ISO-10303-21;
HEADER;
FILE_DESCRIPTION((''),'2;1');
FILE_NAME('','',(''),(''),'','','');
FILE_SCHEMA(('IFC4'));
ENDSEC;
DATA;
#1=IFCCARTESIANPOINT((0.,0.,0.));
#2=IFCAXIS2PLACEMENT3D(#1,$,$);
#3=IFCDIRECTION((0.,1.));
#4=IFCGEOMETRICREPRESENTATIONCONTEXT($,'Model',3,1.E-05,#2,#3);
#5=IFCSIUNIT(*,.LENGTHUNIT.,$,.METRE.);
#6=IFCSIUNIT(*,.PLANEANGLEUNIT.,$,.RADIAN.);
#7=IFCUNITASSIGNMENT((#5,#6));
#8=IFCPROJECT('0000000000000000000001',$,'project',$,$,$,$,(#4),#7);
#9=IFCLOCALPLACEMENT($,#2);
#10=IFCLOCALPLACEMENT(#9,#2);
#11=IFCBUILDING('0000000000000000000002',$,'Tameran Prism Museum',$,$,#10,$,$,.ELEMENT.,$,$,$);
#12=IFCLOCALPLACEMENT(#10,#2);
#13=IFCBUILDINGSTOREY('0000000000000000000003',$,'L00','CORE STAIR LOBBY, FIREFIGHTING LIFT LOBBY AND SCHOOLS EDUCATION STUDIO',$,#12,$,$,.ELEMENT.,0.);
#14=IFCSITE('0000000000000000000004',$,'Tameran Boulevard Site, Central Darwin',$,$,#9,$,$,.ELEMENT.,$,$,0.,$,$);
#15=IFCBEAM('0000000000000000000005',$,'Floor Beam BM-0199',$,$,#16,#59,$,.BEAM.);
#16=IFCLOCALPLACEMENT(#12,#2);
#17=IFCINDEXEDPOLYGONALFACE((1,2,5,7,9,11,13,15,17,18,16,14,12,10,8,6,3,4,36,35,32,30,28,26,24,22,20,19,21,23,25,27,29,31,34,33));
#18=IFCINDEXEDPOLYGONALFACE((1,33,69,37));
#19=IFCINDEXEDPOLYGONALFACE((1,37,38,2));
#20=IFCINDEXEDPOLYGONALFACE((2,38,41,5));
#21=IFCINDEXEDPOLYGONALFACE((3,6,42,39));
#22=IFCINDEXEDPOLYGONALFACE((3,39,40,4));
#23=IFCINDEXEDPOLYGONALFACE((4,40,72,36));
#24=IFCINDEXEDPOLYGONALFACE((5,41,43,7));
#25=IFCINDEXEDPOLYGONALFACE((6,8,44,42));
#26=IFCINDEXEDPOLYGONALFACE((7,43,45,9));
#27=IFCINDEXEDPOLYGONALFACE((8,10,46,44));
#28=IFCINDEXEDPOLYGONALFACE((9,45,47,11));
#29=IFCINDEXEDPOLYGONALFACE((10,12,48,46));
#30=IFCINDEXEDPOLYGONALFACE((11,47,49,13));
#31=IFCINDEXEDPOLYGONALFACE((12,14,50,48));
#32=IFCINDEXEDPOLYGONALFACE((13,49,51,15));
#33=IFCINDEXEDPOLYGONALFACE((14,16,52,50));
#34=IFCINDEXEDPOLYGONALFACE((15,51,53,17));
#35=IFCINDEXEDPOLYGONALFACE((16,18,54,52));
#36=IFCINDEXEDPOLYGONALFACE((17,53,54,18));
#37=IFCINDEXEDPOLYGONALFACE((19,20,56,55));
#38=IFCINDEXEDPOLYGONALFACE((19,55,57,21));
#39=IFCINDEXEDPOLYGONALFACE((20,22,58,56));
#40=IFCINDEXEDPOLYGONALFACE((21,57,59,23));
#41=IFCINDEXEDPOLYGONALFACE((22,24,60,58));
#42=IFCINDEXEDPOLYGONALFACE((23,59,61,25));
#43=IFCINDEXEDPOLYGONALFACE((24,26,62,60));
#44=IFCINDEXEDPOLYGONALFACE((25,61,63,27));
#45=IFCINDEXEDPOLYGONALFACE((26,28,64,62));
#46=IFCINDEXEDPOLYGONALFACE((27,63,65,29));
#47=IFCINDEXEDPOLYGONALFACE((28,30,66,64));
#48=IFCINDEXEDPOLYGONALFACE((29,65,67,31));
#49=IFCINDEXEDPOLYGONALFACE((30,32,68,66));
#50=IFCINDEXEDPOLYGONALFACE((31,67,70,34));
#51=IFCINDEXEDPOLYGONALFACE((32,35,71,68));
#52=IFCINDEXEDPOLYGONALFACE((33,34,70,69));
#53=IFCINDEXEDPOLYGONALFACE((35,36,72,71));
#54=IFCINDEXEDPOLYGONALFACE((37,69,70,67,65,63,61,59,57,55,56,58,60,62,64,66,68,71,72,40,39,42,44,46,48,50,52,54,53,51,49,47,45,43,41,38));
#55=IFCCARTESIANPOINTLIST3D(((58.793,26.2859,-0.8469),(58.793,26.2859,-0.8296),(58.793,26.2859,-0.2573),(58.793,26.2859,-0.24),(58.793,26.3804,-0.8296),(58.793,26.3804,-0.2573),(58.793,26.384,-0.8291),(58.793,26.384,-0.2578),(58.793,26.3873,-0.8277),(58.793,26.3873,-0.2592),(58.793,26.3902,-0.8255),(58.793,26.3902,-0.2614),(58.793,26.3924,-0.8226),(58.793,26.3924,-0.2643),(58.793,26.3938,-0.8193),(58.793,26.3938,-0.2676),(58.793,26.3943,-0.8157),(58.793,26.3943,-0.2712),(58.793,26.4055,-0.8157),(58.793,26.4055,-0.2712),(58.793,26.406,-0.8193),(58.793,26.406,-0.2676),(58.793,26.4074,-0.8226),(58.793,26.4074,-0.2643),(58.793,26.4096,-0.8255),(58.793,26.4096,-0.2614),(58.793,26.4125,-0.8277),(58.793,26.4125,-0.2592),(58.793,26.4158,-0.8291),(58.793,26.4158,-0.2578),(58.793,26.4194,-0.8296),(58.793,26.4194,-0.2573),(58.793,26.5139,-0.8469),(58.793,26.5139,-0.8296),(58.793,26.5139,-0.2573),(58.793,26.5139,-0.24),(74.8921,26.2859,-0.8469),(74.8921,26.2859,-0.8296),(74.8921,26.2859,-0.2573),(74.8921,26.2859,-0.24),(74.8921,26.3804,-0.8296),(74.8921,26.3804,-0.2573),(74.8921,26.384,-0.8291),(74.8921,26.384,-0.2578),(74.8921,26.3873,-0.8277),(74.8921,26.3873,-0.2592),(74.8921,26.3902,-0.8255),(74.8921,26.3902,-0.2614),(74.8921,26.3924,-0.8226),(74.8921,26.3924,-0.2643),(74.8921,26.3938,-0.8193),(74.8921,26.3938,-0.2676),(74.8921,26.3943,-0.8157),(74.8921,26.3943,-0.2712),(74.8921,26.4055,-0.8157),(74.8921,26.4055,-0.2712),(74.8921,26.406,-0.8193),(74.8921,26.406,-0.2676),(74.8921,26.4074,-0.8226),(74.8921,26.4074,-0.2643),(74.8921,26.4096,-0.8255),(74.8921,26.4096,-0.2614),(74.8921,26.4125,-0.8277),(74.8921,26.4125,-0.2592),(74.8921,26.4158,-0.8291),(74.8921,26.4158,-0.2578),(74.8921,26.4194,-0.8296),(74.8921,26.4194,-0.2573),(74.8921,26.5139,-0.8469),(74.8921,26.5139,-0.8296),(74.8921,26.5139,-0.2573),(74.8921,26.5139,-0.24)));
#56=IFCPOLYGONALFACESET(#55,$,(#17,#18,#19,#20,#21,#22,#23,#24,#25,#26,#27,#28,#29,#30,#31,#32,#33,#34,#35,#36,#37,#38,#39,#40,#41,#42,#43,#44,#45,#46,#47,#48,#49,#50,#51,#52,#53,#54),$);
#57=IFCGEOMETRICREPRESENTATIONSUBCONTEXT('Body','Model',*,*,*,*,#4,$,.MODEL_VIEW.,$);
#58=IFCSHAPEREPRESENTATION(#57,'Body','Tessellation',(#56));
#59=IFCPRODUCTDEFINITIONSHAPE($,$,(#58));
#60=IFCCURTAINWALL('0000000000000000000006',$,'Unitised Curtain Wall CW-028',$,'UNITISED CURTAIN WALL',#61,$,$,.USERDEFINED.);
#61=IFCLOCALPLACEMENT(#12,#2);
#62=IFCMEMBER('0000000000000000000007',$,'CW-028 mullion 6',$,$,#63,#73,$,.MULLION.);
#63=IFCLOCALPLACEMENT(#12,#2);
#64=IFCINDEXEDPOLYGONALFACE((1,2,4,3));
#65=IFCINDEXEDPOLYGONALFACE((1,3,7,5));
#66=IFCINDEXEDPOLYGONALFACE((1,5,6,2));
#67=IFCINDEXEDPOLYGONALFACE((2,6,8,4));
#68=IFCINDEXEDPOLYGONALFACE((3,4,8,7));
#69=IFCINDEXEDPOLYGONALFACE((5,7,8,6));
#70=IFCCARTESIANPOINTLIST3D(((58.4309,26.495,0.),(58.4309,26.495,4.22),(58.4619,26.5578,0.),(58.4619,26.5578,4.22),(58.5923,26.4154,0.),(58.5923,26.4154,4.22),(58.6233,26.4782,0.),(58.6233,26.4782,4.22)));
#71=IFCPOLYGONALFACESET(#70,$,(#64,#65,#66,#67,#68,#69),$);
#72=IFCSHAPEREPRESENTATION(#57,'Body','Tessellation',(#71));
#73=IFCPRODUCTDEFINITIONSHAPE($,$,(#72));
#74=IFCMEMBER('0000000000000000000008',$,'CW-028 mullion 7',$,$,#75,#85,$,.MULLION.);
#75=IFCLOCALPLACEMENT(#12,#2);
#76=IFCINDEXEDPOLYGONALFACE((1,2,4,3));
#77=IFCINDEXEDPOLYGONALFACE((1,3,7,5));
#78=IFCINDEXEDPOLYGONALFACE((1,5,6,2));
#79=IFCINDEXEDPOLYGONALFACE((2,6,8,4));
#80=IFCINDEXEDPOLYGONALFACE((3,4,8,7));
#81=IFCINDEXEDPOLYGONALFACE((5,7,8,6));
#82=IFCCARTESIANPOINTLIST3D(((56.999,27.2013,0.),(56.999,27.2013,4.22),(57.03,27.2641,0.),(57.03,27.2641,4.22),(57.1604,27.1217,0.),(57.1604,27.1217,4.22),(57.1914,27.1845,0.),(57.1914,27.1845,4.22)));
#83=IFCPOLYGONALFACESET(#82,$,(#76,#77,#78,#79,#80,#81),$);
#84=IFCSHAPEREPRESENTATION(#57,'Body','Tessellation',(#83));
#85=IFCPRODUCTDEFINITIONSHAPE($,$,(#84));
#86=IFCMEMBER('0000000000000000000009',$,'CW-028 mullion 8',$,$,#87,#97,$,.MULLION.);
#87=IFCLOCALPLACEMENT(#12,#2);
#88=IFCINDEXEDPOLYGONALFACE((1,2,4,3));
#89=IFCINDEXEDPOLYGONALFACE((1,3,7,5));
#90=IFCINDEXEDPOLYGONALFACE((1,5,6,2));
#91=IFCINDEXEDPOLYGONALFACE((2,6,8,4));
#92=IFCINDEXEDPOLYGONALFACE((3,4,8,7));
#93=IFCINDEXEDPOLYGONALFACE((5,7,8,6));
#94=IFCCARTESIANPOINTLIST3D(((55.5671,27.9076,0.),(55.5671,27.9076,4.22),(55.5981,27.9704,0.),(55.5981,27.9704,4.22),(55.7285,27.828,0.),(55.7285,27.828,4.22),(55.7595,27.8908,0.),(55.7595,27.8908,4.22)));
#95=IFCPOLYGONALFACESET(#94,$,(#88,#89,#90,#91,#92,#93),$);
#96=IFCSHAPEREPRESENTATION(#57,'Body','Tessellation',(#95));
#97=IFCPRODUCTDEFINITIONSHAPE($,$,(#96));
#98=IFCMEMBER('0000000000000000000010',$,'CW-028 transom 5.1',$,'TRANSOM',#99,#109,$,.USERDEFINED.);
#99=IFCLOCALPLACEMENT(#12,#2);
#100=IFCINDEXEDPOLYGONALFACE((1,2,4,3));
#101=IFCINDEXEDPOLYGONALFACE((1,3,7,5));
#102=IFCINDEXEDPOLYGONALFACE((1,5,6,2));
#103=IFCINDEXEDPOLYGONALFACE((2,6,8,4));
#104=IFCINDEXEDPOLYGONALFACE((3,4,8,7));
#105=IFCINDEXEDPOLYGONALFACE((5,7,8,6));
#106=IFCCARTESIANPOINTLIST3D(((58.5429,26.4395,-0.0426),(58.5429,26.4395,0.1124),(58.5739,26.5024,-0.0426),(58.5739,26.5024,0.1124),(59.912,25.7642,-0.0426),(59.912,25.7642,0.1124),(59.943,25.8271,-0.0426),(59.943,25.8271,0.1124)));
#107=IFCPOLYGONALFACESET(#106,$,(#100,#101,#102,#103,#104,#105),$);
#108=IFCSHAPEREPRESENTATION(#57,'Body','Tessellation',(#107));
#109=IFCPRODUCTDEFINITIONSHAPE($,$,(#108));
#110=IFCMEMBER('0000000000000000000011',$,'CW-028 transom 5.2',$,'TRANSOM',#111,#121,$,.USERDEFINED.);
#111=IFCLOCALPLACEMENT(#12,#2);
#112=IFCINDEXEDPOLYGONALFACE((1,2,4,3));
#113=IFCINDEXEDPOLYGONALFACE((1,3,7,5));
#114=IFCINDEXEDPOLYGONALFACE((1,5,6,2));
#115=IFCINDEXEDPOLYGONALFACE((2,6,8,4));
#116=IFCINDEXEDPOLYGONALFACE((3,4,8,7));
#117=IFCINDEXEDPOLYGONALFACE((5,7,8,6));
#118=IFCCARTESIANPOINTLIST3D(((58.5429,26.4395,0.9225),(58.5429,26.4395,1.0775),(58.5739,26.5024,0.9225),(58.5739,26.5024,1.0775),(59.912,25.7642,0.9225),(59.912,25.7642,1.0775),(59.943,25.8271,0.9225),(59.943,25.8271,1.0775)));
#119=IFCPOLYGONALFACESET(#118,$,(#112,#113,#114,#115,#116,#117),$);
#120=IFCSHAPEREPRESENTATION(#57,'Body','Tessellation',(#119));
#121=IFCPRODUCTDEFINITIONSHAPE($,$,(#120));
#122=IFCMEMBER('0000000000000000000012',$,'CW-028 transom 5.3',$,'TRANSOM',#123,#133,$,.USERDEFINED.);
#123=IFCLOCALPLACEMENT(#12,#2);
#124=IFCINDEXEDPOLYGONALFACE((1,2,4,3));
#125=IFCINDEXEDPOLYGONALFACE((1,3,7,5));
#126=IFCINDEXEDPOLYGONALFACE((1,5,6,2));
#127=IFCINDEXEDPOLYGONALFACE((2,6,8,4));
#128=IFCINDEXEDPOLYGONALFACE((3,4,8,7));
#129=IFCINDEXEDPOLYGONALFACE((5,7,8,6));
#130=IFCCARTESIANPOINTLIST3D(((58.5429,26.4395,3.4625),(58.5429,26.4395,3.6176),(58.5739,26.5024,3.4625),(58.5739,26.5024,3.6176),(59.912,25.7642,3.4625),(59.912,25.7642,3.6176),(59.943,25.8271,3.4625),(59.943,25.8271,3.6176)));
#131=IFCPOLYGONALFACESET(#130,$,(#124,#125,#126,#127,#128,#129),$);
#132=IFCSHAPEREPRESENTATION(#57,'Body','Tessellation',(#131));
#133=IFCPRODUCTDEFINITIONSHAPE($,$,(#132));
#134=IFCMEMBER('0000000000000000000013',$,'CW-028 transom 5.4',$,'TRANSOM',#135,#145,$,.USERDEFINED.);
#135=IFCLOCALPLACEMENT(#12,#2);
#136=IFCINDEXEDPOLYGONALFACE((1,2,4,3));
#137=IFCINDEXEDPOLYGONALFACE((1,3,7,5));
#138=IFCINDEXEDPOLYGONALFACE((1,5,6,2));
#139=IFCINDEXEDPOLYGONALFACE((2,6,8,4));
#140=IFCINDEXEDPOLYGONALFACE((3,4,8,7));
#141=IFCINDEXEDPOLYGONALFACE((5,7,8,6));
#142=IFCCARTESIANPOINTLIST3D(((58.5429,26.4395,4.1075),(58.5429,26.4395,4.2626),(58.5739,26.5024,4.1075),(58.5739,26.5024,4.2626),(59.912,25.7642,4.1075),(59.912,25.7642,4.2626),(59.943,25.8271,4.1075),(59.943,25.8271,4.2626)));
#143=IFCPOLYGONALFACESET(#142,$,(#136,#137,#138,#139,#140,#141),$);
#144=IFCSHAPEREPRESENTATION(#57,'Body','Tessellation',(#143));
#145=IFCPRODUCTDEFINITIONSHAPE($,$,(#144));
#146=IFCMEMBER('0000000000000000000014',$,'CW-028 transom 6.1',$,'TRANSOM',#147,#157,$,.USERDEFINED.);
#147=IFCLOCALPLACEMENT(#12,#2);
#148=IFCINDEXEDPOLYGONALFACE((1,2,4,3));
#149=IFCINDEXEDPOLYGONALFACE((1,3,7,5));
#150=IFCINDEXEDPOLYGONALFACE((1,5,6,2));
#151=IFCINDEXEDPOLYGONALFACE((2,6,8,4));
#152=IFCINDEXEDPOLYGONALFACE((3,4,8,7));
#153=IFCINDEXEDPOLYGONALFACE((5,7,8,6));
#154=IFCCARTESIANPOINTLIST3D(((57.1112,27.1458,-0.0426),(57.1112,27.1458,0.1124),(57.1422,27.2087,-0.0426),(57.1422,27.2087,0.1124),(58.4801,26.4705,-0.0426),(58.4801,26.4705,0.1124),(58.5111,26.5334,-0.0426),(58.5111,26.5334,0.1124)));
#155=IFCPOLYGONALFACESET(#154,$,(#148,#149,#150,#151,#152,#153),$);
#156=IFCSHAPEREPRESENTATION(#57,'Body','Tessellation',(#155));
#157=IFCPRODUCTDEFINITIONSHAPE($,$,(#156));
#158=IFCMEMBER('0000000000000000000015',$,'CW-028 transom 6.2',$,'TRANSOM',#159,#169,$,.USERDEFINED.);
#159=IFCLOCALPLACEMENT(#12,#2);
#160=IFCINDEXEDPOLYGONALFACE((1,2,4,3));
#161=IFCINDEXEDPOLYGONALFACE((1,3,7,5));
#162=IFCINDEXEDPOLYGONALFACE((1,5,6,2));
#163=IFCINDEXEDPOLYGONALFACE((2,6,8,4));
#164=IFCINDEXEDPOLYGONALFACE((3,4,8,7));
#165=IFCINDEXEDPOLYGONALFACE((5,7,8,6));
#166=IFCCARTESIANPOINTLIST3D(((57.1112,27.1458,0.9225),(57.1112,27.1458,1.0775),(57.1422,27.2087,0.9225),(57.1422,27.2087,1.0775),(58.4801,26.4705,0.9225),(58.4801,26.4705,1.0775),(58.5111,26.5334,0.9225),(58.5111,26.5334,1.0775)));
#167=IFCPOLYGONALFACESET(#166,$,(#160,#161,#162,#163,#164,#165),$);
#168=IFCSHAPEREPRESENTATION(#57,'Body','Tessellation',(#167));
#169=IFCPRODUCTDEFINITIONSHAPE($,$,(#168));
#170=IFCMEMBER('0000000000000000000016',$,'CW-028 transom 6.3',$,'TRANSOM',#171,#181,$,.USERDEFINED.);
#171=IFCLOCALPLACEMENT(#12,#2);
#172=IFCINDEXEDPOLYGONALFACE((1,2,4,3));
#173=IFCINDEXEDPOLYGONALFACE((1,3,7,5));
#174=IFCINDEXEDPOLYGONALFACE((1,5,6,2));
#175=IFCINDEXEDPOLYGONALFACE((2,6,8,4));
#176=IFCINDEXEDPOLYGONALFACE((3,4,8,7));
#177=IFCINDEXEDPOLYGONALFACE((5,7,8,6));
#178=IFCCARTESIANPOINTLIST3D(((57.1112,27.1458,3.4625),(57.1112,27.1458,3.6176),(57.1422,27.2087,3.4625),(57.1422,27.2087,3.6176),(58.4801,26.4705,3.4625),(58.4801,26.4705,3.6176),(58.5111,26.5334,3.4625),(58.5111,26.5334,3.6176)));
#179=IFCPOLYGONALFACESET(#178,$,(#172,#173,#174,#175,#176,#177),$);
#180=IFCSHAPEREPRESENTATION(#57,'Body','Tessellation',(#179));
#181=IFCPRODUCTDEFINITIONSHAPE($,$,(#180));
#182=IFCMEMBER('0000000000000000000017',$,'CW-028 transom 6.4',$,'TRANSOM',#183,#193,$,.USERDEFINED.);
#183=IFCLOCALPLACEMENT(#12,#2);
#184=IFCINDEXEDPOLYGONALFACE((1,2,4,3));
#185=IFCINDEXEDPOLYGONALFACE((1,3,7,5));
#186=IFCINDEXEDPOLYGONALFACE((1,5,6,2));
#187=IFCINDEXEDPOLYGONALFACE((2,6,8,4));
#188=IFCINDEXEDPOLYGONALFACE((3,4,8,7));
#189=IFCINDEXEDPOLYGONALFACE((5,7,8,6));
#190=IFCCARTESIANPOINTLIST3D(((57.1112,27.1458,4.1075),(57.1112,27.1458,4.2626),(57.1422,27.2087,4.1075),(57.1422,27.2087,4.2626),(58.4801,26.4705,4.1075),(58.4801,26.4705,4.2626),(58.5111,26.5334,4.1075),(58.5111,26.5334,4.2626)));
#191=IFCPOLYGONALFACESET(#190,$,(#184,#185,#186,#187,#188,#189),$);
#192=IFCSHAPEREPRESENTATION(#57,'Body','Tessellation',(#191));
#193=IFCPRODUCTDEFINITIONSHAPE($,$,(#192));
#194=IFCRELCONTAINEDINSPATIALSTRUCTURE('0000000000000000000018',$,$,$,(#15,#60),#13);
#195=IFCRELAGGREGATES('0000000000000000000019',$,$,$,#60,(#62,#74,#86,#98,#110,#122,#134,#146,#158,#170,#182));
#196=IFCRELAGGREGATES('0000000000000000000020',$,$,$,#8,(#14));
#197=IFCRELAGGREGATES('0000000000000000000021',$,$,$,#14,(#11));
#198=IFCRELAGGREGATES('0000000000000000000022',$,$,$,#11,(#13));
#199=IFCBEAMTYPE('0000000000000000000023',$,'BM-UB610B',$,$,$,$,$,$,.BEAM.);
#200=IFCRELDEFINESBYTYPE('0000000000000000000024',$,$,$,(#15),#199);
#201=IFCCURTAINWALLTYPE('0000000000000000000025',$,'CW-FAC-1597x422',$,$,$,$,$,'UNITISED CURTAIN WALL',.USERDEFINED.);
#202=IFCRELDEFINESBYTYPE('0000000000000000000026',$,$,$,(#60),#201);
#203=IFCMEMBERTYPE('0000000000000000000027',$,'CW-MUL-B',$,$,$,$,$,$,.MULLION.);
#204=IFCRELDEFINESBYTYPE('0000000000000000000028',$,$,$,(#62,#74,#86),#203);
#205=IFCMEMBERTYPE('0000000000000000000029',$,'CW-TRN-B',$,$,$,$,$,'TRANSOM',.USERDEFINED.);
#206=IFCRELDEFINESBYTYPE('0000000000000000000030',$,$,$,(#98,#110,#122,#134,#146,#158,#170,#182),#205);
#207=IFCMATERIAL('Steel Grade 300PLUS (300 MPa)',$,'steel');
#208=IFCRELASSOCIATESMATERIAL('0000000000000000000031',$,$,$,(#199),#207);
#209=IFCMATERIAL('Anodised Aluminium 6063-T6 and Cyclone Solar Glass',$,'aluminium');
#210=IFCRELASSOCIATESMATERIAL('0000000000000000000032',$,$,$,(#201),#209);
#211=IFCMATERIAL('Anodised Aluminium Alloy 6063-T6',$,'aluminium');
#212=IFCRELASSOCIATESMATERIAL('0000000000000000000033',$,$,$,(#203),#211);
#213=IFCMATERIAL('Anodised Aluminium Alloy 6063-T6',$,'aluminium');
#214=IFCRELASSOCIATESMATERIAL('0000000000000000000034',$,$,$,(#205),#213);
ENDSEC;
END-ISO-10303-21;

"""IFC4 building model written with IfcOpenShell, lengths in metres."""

from ifc_helpers import new_model, si_unit, direction, frame, origin, origin_2d, place, context, subcontext, project, spatial, rectangle, i_section, extrude, material, material_profile, profile_set, type_object, element, aggregate, save


model = new_model("IFC4")

# Units and contexts
model_context = context("Model", 3, precision=1e-05, world=origin(), true_north=direction((0.0, 1.0)))
body_context = subcontext(model_context, "Body", "Model", "MODEL_VIEW")
ifc_project = project(units=[si_unit("LENGTHUNIT", "METRE"), si_unit("PLANEANGLEUNIT", "RADIAN")], contexts=[model_context])

# Site, building, storey
site_placement = place(None, origin())
site = spatial("IfcSite", under=ifc_project, at=site_placement, Name="Tameran Boulevard Site, Central Darwin", CompositionType="ELEMENT", RefElevation=0.0)
building_placement = place(site_placement, origin())
building = spatial("IfcBuilding", under=site, at=building_placement, Name="Tameran Prism Museum", CompositionType="ELEMENT")
storey_placement = place(building_placement, origin())
storey = spatial("IfcBuildingStorey", under=building, at=storey_placement, Name="L00", Description="CORE STAIR LOBBY, FIREFIGHTING LIFT LOBBY AND SCHOOLS EDUCATION STUDIO", CompositionType="ELEMENT", Elevation=0.0)

# Beam
ifc_material_1 = material(Name="Steel Grade 300PLUS (300 MPa)", Category="steel")
ifc_material_profile_1 = material_profile(ifc_material_1, i_section(OverallWidth=0.228, OverallDepth=0.6069, WebThickness=0.0112, FlangeThickness=0.0173, FilletRadius=0.0139, at=origin_2d()))
ifc_profile_set_1 = profile_set([ifc_material_profile_1])
beam_type = type_object("IfcBeamType", Name="BM-UB610B", PredefinedType="BEAM", material=ifc_profile_set_1)
beam_placement = place(storey_placement, frame((58.793, 26.3999, -0.5435), z_axis=(1.0, 0.0, 0.0), x_axis=(0.0, 1.0, 0.0)))
element("IfcBeam", 1, at=beam_placement, inside=storey, type_object=beam_type, Name="Floor Beam BM-0199", PredefinedType="BEAM", context=body_context, shape_type="SweptSolid", body=[
    extrude(i_section(OverallWidth=0.228, OverallDepth=0.6069, WebThickness=0.0112, FlangeThickness=0.0173, FilletRadius=0.0139, at=origin_2d()), origin(), (0.0, 0.0, 1.0), 16.0991),
])

# Curtain wall, members
ifc_material_2 = material(Name="Anodised Aluminium 6063-T6 and Cyclone Solar Glass", Category="aluminium")
curtain_wall_type = type_object("IfcCurtainWallType", Name="CW-FAC-1597x422", ElementType="UNITISED CURTAIN WALL", PredefinedType="USERDEFINED", material=ifc_material_2)
curtain_wall_placement = place(storey_placement, origin())
curtain_wall = element("IfcCurtainWall", 2, at=curtain_wall_placement, inside=storey, type_object=curtain_wall_type, Name="Unitised Curtain Wall CW-028", ObjectType="UNITISED CURTAIN WALL", PredefinedType="USERDEFINED")
ifc_material_3 = material(Name="Anodised Aluminium Alloy 6063-T6", Category="aluminium")
ifc_material_profile_2 = material_profile(ifc_material_3, rectangle(XDim=0.0701, YDim=0.1799, at=origin_2d()))
ifc_profile_set_2 = profile_set([ifc_material_profile_2])
member_type_1 = type_object("IfcMemberType", Name="CW-MUL-B", PredefinedType="MULLION", material=ifc_profile_set_2)
member_1_placement = place(storey_placement, frame((58.5271, 26.4866, 0.0), z_axis=(0.0, 0.0, 1.0), x_axis=(-0.442397, -0.896819, 0.0)))
member_1 = element("IfcMember", 3, at=member_1_placement, type_object=member_type_1, Name="CW-028 mullion 6", PredefinedType="MULLION", context=body_context, shape_type="SweptSolid", body=[
    extrude(rectangle(XDim=0.0701, YDim=0.1799, at=origin_2d()), origin(), (0.0, 0.0, 1.0), 4.22),
])
member_2_placement = place(storey_placement, frame((57.0952, 27.1929, 0.0), z_axis=(0.0, 0.0, 1.0), x_axis=(-0.442397, -0.896819, 0.0)))
member_2 = element("IfcMember", 4, at=member_2_placement, type_object=member_type_1, Name="CW-028 mullion 7", PredefinedType="MULLION", context=body_context, shape_type="SweptSolid", body=[
    extrude(rectangle(XDim=0.0701, YDim=0.1799, at=origin_2d()), origin(), (0.0, 0.0, 1.0), 4.22),
])
member_3_placement = place(storey_placement, frame((55.6633, 27.8992, 0.0), z_axis=(0.0, 0.0, 1.0), x_axis=(-0.442397, -0.896819, 0.0)))
member_3 = element("IfcMember", 5, at=member_3_placement, type_object=member_type_1, Name="CW-028 mullion 8", PredefinedType="MULLION", context=body_context, shape_type="SweptSolid", body=[
    extrude(rectangle(XDim=0.0701, YDim=0.1799, at=origin_2d()), origin(), (0.0, 0.0, 1.0), 4.22),
])
ifc_material_4 = material(Name="Anodised Aluminium Alloy 6063-T6", Category="aluminium")
ifc_material_profile_3 = material_profile(ifc_material_4, rectangle(XDim=0.0701, YDim=0.155, at=origin_2d()))
ifc_profile_set_3 = profile_set([ifc_material_profile_3])
member_type_2 = type_object("IfcMemberType", Name="CW-TRN-B", ElementType="TRANSOM", PredefinedType="USERDEFINED", material=ifc_profile_set_3)
member_4_placement = place(storey_placement, frame((59.9275, 25.7957, 0.0349), z_axis=(-0.896845, 0.442345, 0.0), x_axis=(-0.442345, -0.896845, 0.0)))
member_4 = element("IfcMember", 6, at=member_4_placement, type_object=member_type_2, Name="CW-028 transom 5.1", ObjectType="TRANSOM", PredefinedType="USERDEFINED", context=body_context, shape_type="SweptSolid", body=[
    extrude(rectangle(XDim=0.0701, YDim=0.155, at=origin_2d()), origin(), (0.0, 0.0, 1.0), 1.5266),
])
member_5_placement = place(storey_placement, frame((59.9275, 25.7957, 1.0), z_axis=(-0.896845, 0.442345, 0.0), x_axis=(-0.442345, -0.896845, 0.0)))
member_5 = element("IfcMember", 7, at=member_5_placement, type_object=member_type_2, Name="CW-028 transom 5.2", ObjectType="TRANSOM", PredefinedType="USERDEFINED", context=body_context, shape_type="SweptSolid", body=[
    extrude(rectangle(XDim=0.0701, YDim=0.155, at=origin_2d()), origin(), (0.0, 0.0, 1.0), 1.5266),
])
member_6_placement = place(storey_placement, frame((59.9275, 25.7957, 3.54), z_axis=(-0.896845, 0.442345, 0.0), x_axis=(-0.442345, -0.896845, 0.0)))
member_6 = element("IfcMember", 8, at=member_6_placement, type_object=member_type_2, Name="CW-028 transom 5.3", ObjectType="TRANSOM", PredefinedType="USERDEFINED", context=body_context, shape_type="SweptSolid", body=[
    extrude(rectangle(XDim=0.0701, YDim=0.155, at=origin_2d()), origin(), (0.0, 0.0, 1.0), 1.5266),
])
member_7_placement = place(storey_placement, frame((59.9275, 25.7957, 4.1851), z_axis=(-0.896845, 0.442345, 0.0), x_axis=(-0.442345, -0.896845, 0.0)))
member_7 = element("IfcMember", 9, at=member_7_placement, type_object=member_type_2, Name="CW-028 transom 5.4", ObjectType="TRANSOM", PredefinedType="USERDEFINED", context=body_context, shape_type="SweptSolid", body=[
    extrude(rectangle(XDim=0.0701, YDim=0.155, at=origin_2d()), origin(), (0.0, 0.0, 1.0), 1.5266),
])
member_8_placement = place(storey_placement, frame((58.4956, 26.502, 0.0349), z_axis=(-0.896813, 0.442409, 0.0), x_axis=(-0.442409, -0.896813, 0.0)))
member_8 = element("IfcMember", 10, at=member_8_placement, type_object=member_type_2, Name="CW-028 transom 6.1", ObjectType="TRANSOM", PredefinedType="USERDEFINED", context=body_context, shape_type="SweptSolid", body=[
    extrude(rectangle(XDim=0.0701, YDim=0.155, at=origin_2d()), origin(), (0.0, 0.0, 1.0), 1.5264),
])
member_9_placement = place(storey_placement, frame((58.4956, 26.502, 1.0), z_axis=(-0.896813, 0.442409, 0.0), x_axis=(-0.442409, -0.896813, 0.0)))
member_9 = element("IfcMember", 11, at=member_9_placement, type_object=member_type_2, Name="CW-028 transom 6.2", ObjectType="TRANSOM", PredefinedType="USERDEFINED", context=body_context, shape_type="SweptSolid", body=[
    extrude(rectangle(XDim=0.0701, YDim=0.155, at=origin_2d()), origin(), (0.0, 0.0, 1.0), 1.5264),
])
member_10_placement = place(storey_placement, frame((58.4956, 26.502, 3.54), z_axis=(-0.896813, 0.442409, 0.0), x_axis=(-0.442409, -0.896813, 0.0)))
member_10 = element("IfcMember", 12, at=member_10_placement, type_object=member_type_2, Name="CW-028 transom 6.3", ObjectType="TRANSOM", PredefinedType="USERDEFINED", context=body_context, shape_type="SweptSolid", body=[
    extrude(rectangle(XDim=0.0701, YDim=0.155, at=origin_2d()), origin(), (0.0, 0.0, 1.0), 1.5264),
])
member_11_placement = place(storey_placement, frame((58.4956, 26.502, 4.1851), z_axis=(-0.896813, 0.442409, 0.0), x_axis=(-0.442409, -0.896813, 0.0)))
member_11 = element("IfcMember", 13, at=member_11_placement, type_object=member_type_2, Name="CW-028 transom 6.4", ObjectType="TRANSOM", PredefinedType="USERDEFINED", context=body_context, shape_type="SweptSolid", body=[
    extrude(rectangle(XDim=0.0701, YDim=0.155, at=origin_2d()), origin(), (0.0, 0.0, 1.0), 1.5264),
])
aggregate(curtain_wall, [member_1, member_2, member_3, member_4, member_5, member_6, member_7, member_8, member_9, member_10, member_11])

save(model, "model.ifc")
